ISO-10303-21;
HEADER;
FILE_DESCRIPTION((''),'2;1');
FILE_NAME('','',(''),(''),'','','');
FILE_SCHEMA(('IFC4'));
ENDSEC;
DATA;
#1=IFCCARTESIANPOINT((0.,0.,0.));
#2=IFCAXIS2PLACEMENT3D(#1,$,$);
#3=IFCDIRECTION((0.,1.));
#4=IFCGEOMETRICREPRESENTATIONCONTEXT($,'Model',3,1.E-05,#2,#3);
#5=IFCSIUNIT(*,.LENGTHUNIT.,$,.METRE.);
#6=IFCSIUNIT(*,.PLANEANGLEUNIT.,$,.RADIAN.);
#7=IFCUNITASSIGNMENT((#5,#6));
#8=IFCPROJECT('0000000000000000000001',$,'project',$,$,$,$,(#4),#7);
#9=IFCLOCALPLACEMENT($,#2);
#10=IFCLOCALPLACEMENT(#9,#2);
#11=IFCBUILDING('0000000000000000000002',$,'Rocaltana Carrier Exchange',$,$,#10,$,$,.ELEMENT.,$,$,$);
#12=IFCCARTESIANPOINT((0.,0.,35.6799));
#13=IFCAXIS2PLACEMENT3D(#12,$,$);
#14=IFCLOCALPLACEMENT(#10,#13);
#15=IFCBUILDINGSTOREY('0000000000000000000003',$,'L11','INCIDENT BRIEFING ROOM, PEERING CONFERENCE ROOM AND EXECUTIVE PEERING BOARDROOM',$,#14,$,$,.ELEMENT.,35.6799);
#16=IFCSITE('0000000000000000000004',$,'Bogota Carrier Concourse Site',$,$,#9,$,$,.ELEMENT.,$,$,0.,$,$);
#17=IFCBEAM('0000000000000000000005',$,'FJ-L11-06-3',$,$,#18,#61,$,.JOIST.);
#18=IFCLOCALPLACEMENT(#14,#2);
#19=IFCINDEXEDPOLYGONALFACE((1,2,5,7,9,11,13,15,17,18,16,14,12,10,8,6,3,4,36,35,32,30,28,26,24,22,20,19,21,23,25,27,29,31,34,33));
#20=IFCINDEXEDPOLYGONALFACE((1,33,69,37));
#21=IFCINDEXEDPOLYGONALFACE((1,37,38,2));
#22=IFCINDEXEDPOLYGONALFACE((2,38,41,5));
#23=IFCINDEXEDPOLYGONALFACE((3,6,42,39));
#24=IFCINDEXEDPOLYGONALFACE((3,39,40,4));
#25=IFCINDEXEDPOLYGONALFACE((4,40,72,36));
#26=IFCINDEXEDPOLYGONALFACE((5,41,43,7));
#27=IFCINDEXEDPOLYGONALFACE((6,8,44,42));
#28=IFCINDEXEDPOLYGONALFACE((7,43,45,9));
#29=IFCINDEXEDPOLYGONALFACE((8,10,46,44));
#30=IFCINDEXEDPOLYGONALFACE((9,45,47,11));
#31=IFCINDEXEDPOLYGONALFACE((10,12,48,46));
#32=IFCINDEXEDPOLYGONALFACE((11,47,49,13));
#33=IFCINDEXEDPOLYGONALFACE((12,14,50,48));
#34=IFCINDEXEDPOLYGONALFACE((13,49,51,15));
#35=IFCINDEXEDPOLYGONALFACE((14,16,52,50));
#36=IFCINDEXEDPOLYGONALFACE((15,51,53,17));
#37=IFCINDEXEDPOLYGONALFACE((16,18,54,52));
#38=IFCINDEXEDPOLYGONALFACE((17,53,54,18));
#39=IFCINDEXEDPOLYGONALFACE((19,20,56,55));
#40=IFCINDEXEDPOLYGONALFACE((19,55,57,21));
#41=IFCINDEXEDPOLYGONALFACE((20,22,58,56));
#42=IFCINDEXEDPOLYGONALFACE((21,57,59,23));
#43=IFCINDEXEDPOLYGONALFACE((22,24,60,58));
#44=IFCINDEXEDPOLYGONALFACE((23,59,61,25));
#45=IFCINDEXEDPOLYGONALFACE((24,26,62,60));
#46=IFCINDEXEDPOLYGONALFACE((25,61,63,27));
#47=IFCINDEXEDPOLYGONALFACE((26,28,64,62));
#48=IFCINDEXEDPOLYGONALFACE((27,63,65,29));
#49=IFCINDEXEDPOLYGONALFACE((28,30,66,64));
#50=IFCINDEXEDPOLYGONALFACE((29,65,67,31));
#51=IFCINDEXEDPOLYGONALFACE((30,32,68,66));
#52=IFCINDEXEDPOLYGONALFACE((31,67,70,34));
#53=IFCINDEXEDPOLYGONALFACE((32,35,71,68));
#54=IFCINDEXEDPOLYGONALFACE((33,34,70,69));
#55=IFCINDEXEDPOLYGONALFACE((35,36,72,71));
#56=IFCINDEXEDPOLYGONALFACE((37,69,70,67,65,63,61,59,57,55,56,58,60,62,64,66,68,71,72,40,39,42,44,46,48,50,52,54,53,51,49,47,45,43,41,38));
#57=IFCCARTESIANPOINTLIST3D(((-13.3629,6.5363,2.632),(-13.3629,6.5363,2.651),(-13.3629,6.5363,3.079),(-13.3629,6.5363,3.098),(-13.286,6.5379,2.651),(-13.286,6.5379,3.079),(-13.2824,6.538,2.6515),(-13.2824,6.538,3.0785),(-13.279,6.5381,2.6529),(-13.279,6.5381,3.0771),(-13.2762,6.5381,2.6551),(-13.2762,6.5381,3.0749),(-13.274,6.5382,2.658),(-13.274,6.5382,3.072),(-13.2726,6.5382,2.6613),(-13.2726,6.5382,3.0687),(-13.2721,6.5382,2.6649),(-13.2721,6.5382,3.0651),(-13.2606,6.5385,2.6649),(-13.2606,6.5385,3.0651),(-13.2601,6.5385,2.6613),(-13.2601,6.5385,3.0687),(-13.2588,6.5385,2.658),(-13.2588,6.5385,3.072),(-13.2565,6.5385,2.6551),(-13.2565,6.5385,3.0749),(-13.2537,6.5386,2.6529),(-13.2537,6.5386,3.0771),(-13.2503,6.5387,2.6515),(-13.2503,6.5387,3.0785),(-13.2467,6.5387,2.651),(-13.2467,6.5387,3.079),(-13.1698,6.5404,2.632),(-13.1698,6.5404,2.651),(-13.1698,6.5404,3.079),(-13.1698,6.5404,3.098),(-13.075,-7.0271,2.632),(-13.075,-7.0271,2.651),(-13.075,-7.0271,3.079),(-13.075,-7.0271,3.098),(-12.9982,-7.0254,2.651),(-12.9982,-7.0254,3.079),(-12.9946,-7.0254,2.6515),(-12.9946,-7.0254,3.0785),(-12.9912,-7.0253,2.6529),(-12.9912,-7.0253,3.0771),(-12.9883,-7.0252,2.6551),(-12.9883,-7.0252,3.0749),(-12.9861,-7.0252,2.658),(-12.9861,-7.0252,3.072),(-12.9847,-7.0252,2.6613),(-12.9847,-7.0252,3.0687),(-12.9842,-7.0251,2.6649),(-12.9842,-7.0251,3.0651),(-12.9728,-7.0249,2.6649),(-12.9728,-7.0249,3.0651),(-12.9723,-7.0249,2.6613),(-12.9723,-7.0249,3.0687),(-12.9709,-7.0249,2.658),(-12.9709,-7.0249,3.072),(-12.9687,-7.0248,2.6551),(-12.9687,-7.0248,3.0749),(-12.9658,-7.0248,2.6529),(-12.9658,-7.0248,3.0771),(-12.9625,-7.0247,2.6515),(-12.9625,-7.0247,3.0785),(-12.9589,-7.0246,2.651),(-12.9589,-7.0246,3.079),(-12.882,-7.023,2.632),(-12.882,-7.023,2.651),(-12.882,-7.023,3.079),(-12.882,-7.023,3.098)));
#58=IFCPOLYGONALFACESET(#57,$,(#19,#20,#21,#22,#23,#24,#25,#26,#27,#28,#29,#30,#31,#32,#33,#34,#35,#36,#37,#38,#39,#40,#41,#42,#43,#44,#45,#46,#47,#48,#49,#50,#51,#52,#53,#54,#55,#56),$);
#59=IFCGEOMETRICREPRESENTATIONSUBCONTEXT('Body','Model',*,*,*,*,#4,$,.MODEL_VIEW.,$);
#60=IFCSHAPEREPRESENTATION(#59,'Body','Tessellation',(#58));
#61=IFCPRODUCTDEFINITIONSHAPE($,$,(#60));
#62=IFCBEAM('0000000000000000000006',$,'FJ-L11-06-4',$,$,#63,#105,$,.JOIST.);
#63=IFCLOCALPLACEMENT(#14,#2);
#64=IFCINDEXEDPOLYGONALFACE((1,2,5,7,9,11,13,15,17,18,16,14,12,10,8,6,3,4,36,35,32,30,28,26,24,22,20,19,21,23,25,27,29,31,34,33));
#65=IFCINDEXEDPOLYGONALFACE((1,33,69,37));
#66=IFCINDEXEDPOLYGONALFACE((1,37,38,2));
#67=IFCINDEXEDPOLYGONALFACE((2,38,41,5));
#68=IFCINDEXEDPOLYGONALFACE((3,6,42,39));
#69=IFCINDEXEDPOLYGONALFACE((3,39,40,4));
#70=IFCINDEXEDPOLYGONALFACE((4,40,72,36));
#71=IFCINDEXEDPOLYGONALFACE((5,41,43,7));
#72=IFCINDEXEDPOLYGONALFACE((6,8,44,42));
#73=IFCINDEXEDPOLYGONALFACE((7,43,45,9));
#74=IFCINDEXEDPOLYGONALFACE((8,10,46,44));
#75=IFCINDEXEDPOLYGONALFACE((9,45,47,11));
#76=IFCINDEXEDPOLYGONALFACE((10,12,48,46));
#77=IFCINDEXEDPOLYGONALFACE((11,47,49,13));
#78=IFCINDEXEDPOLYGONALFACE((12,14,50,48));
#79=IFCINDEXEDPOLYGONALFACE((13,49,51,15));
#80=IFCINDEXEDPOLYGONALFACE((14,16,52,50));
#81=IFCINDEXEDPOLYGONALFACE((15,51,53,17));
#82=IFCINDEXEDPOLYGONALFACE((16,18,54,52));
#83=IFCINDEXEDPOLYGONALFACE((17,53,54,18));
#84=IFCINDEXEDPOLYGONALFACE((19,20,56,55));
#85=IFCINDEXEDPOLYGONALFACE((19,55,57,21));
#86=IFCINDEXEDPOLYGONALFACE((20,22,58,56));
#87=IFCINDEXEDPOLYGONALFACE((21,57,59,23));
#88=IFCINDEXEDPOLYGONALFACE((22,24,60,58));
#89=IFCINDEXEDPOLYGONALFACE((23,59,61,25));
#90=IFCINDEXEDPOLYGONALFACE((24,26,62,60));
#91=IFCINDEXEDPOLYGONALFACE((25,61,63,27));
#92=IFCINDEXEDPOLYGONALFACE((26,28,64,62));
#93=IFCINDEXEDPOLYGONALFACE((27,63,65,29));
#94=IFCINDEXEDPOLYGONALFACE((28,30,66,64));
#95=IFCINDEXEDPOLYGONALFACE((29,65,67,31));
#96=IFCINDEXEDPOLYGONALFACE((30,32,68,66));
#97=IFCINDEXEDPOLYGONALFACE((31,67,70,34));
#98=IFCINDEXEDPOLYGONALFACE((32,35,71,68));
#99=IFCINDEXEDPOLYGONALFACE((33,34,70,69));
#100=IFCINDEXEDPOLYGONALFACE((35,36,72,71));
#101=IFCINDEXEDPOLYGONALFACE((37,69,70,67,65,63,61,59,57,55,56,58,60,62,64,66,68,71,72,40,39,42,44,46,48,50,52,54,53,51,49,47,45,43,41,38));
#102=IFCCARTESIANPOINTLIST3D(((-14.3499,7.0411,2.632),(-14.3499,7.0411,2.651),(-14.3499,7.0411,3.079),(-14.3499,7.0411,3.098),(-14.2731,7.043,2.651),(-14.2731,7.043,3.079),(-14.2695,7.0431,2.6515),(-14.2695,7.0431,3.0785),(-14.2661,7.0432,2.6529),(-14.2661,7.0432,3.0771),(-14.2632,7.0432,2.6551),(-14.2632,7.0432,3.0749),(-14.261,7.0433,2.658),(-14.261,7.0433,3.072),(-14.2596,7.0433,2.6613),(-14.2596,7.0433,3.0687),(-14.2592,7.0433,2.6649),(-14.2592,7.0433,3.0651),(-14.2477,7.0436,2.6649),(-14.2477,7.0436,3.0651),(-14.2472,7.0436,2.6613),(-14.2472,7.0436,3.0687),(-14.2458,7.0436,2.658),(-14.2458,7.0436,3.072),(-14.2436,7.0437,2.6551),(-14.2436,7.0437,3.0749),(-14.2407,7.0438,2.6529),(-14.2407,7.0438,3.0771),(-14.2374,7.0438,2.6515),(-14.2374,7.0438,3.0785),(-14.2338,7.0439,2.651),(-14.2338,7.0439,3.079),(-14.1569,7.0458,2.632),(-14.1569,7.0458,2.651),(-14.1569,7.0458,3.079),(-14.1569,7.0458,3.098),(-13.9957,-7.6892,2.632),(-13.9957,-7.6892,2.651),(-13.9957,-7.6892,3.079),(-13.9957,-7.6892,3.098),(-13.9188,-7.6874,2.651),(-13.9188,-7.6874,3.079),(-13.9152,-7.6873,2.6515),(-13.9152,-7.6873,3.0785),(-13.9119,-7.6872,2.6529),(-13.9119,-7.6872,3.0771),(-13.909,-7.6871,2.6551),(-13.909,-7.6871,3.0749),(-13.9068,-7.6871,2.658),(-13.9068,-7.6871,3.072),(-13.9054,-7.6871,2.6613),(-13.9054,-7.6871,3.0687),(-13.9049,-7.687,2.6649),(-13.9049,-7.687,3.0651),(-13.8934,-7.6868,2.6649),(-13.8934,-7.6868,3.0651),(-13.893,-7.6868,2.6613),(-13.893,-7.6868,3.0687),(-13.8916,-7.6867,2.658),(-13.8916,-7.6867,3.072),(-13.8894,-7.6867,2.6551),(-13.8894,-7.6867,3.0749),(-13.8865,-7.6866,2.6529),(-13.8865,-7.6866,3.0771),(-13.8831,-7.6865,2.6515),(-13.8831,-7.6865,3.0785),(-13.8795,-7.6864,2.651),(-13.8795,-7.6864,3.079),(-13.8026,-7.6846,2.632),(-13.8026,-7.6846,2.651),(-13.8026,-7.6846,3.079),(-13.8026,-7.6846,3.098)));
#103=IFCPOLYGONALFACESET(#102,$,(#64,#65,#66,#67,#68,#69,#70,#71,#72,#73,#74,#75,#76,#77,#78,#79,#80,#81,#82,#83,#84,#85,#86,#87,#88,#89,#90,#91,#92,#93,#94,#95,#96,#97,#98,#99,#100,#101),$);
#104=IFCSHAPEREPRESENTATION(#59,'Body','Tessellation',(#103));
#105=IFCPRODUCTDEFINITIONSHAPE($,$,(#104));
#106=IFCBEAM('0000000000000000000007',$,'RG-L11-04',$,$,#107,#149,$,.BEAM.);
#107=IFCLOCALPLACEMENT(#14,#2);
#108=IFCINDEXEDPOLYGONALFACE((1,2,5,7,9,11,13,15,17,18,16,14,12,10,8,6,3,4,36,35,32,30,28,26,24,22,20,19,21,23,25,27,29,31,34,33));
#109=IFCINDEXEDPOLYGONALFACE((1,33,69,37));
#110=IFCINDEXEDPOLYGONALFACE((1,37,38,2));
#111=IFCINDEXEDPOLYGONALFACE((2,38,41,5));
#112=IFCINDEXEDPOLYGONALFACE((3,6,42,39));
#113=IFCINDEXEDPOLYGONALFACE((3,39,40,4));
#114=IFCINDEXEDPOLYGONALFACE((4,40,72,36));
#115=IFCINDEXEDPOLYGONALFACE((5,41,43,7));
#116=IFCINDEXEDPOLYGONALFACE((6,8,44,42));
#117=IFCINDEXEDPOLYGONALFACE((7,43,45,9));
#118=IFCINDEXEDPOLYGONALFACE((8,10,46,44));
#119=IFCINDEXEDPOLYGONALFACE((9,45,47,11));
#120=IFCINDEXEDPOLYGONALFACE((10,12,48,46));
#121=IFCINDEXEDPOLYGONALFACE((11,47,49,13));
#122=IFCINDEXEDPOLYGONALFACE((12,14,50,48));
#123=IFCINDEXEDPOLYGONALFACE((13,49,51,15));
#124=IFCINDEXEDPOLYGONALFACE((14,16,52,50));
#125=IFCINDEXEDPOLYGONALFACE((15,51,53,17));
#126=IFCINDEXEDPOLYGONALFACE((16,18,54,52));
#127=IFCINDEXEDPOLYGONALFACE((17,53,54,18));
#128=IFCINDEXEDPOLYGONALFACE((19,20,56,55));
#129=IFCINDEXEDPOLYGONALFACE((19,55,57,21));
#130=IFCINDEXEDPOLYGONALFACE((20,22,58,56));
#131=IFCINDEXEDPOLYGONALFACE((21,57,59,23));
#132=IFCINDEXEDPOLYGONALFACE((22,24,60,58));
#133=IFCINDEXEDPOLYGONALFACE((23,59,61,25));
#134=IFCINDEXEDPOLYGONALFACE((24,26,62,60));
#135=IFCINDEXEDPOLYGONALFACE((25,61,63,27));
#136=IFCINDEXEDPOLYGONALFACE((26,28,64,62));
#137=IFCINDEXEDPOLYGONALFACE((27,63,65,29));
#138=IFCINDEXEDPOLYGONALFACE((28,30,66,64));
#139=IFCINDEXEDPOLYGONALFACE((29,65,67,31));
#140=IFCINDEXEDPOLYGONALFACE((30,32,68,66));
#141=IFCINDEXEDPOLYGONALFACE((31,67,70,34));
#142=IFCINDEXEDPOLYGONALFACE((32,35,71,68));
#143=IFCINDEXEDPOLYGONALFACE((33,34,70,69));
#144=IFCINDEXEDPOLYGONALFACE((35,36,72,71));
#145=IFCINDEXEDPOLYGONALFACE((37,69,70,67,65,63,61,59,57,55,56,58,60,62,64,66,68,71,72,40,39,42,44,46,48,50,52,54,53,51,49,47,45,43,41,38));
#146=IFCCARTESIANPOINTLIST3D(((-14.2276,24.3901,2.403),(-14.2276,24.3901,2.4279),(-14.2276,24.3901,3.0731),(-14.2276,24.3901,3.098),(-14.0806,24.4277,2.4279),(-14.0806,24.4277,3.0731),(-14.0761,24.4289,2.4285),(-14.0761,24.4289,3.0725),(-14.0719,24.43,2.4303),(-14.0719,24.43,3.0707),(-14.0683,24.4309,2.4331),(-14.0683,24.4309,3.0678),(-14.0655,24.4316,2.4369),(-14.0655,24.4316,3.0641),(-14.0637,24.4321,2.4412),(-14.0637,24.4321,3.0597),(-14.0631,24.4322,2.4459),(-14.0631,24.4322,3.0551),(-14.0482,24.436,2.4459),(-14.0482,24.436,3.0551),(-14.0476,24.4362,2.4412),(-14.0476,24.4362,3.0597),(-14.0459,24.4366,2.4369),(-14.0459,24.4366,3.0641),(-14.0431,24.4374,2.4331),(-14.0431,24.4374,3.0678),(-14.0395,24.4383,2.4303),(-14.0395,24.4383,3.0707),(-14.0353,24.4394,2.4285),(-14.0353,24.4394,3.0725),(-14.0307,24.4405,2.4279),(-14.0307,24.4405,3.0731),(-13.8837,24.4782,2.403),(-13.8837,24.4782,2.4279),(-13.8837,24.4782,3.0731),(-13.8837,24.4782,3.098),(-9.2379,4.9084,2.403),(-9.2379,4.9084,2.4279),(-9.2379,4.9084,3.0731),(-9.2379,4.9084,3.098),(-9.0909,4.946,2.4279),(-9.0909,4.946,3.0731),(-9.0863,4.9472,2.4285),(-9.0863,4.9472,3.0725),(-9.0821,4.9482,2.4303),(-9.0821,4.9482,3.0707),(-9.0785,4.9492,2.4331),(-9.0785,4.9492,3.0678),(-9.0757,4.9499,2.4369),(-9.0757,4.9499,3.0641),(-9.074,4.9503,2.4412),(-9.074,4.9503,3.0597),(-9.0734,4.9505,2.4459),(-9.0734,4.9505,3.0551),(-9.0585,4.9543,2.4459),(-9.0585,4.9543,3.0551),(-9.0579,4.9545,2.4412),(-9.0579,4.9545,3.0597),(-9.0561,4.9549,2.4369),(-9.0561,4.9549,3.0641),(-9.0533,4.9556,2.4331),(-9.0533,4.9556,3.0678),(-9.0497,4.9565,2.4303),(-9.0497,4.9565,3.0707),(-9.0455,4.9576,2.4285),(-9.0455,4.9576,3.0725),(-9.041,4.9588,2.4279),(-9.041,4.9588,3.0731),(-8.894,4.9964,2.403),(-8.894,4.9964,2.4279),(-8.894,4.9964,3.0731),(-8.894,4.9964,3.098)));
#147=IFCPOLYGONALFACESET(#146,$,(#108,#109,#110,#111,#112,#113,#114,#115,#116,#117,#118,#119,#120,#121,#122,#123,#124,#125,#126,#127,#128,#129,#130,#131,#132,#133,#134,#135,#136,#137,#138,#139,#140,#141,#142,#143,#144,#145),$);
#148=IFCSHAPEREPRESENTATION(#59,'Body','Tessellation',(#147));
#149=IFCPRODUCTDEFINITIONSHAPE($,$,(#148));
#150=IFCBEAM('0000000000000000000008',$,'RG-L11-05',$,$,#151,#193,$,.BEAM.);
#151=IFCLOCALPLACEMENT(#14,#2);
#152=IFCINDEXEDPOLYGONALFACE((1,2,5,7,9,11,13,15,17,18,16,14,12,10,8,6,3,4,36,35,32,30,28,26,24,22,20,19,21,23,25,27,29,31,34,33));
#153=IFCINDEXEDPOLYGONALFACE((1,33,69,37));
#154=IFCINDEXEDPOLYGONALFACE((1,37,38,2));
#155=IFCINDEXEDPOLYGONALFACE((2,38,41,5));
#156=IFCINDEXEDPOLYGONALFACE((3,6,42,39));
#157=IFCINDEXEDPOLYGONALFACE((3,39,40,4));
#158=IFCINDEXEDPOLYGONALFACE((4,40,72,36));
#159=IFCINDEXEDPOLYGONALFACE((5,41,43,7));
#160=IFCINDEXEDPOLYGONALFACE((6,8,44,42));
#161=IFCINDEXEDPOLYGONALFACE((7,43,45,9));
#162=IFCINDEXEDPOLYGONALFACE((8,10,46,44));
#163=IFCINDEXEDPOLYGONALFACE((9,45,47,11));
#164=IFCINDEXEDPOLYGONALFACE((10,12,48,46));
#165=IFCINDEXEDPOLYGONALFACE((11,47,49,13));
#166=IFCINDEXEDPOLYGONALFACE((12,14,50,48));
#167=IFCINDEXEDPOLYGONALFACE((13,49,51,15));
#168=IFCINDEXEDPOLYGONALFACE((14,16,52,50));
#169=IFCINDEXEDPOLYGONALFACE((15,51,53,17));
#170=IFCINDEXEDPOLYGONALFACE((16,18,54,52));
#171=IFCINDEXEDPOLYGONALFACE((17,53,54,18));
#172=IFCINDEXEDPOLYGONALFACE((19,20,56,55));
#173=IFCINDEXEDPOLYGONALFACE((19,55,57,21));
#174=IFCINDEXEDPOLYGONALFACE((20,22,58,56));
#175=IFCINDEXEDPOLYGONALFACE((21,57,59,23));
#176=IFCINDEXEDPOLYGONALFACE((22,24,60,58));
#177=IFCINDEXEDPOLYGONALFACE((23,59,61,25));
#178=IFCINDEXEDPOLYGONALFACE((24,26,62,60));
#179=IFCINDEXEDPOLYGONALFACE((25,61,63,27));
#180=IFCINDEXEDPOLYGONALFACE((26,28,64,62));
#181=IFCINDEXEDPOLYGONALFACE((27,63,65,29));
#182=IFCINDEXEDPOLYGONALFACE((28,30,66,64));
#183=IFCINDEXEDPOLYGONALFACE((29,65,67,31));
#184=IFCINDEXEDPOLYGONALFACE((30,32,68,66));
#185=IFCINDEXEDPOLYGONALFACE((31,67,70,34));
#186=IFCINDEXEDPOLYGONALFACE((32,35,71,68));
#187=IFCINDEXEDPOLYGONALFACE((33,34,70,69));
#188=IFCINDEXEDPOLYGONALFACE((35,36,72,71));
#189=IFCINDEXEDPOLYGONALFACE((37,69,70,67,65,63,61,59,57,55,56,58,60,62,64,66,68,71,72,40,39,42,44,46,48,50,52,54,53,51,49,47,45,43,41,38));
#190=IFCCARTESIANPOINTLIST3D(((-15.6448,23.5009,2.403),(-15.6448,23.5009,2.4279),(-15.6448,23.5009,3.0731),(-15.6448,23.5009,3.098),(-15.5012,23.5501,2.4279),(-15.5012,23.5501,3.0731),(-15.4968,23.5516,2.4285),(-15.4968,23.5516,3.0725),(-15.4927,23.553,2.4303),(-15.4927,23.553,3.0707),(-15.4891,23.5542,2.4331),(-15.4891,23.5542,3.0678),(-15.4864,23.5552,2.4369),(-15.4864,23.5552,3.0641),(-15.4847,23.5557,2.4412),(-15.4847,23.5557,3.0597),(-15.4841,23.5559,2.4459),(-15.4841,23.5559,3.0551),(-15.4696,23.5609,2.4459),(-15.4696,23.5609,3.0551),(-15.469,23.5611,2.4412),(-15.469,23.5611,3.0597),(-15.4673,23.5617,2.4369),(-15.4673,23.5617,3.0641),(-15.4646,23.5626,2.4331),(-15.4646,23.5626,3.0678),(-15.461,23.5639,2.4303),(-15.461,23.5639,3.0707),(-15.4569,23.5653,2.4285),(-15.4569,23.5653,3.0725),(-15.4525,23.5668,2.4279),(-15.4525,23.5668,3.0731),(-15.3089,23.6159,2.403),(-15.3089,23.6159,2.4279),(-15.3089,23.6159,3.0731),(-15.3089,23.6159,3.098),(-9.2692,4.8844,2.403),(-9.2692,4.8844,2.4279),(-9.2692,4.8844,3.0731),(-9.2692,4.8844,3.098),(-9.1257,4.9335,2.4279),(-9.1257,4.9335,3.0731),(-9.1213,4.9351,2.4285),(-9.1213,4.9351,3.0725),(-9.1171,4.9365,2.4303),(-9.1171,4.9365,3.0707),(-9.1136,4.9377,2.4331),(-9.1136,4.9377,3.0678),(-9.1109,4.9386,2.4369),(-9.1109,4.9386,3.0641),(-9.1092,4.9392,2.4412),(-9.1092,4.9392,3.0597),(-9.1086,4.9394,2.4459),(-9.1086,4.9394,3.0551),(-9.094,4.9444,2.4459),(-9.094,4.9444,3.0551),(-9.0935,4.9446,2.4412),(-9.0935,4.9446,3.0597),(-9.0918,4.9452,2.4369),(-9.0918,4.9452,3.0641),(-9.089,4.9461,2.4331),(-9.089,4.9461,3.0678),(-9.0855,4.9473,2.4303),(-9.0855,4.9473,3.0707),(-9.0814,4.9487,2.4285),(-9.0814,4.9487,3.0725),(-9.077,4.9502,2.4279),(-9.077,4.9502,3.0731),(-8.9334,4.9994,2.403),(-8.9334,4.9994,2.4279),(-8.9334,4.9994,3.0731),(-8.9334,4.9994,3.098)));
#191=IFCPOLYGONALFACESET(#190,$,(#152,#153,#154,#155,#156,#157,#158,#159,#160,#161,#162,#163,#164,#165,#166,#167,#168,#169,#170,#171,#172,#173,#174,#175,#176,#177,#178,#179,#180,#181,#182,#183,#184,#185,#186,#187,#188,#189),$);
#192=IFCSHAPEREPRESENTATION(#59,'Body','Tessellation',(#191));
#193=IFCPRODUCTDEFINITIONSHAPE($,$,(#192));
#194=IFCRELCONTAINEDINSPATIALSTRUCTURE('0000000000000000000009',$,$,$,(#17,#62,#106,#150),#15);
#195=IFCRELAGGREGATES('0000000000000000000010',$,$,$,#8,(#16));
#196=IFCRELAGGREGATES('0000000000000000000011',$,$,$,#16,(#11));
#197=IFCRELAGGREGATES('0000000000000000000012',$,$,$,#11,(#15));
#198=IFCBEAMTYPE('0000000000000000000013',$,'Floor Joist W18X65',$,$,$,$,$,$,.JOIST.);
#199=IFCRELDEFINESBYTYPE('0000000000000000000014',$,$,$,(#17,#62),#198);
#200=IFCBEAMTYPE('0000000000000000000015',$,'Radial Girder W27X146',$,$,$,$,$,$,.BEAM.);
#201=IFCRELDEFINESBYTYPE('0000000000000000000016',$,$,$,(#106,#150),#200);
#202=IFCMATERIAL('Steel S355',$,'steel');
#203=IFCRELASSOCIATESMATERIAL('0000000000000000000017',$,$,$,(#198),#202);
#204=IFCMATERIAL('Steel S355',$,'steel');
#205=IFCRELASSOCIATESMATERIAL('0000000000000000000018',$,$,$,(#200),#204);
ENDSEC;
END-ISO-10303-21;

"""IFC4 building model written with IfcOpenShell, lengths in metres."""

from ifc_helpers import new_model, si_unit, direction, frame, origin, origin_2d, place, context, subcontext, project, spatial, i_section, extrude, material, material_profile, profile_set, type_object, element, save


model = new_model("IFC4")

# Units and contexts
model_context = context("Model", 3, precision=1e-05, world=origin(), true_north=direction((0.0, 1.0)))
body_context = subcontext(model_context, "Body", "Model", "MODEL_VIEW")
ifc_project = project(units=[si_unit("LENGTHUNIT", "METRE"), si_unit("PLANEANGLEUNIT", "RADIAN")], contexts=[model_context])

# Site, building, storey
site_placement = place(None, origin())
site = spatial("IfcSite", under=ifc_project, at=site_placement, Name="Bogota Carrier Concourse Site", CompositionType="ELEMENT", RefElevation=0.0)
building_placement = place(site_placement, origin())
building = spatial("IfcBuilding", under=site, at=building_placement, Name="Rocaltana Carrier Exchange", CompositionType="ELEMENT")
storey_placement = place(building_placement, frame((0.0, 0.0, 35.6799)))
storey = spatial("IfcBuildingStorey", under=building, at=storey_placement, Name="L11", Description="INCIDENT BRIEFING ROOM, PEERING CONFERENCE ROOM AND EXECUTIVE PEERING BOARDROOM", CompositionType="ELEMENT", Elevation=35.6799)

# Beams
ifc_material_1 = material(Name="Steel S355", Category="steel")
ifc_material_profile_1 = material_profile(ifc_material_1, i_section(OverallWidth=0.1931, OverallDepth=0.4661, WebThickness=0.0115, FlangeThickness=0.019, FilletRadius=0.0139, at=origin_2d()), Name="W18X65")
ifc_profile_set_1 = profile_set([ifc_material_profile_1], Name="Steel S355")
beam_type_1 = type_object("IfcBeamType", Name="Floor Joist W18X65", PredefinedType="JOIST", material=ifc_profile_set_1)
beam_1_placement = place(storey_placement, frame((-13.2664, 6.5383, 2.865), z_axis=(0.021217, -0.999775, 0.0), x_axis=(0.999775, 0.021217, 0.0)))
element("IfcBeam", 1, at=beam_1_placement, inside=storey, type_object=beam_type_1, Name="FJ-L11-06-3", PredefinedType="JOIST", context=body_context, shape_type="SweptSolid", body=[
    extrude(i_section(OverallWidth=0.1931, OverallDepth=0.4661, WebThickness=0.0115, FlangeThickness=0.019, FilletRadius=0.0139, at=origin_2d()), origin(), (0.0, 0.0, 1.0), 13.5664),
])
beam_2_placement = place(storey_placement, frame((-14.2534, 7.0435, 2.865), z_axis=(0.024042, -0.999711, 0.0), x_axis=(0.999711, 0.024042, 0.0)))
element("IfcBeam", 2, at=beam_2_placement, inside=storey, type_object=beam_type_1, Name="FJ-L11-06-4", PredefinedType="JOIST", context=body_context, shape_type="SweptSolid", body=[
    extrude(i_section(OverallWidth=0.1931, OverallDepth=0.4661, WebThickness=0.0115, FlangeThickness=0.019, FilletRadius=0.0139, at=origin_2d()), origin(), (0.0, 0.0, 1.0), 14.7346),
])
ifc_material_2 = material(Name="Steel S355", Category="steel")
ifc_material_profile_2 = material_profile(ifc_material_2, i_section(OverallWidth=0.355, OverallDepth=0.6951, WebThickness=0.0154, FlangeThickness=0.0249, FilletRadius=0.0181, at=origin_2d()), Name="W27X146")
ifc_profile_set_2 = profile_set([ifc_material_profile_2], Name="Steel S355")
beam_type_2 = type_object("IfcBeamType", Name="Radial Girder W27X146", PredefinedType="BEAM", material=ifc_profile_set_2)
beam_3_placement = place(storey_placement, frame((-9.0659, 4.9524, 2.7505), z_axis=(-0.248116, 0.96873, 0.0), x_axis=(-0.96873, -0.248116, 0.0)))
element("IfcBeam", 3, at=beam_3_placement, inside=storey, type_object=beam_type_2, Name="RG-L11-04", PredefinedType="BEAM", context=body_context, shape_type="SweptSolid", body=[
    extrude(i_section(OverallWidth=0.355, OverallDepth=0.6951, WebThickness=0.0154, FlangeThickness=0.0249, FilletRadius=0.0181, at=origin_2d()), origin(), (0.0, 0.0, 1.0), 20.1106),
])
beam_4_placement = place(storey_placement, frame((-9.1013, 4.9419, 2.7505), z_axis=(-0.323993, 0.94606, 0.0), x_axis=(-0.94606, -0.323993, 0.0)))
element("IfcBeam", 4, at=beam_4_placement, inside=storey, type_object=beam_type_2, Name="RG-L11-05", PredefinedType="BEAM", context=body_context, shape_type="SweptSolid", body=[
    extrude(i_section(OverallWidth=0.355, OverallDepth=0.6951, WebThickness=0.0154, FlangeThickness=0.0249, FilletRadius=0.0181, at=origin_2d()), origin(), (0.0, 0.0, 1.0), 19.678),
])

save(model, "model.ifc")
